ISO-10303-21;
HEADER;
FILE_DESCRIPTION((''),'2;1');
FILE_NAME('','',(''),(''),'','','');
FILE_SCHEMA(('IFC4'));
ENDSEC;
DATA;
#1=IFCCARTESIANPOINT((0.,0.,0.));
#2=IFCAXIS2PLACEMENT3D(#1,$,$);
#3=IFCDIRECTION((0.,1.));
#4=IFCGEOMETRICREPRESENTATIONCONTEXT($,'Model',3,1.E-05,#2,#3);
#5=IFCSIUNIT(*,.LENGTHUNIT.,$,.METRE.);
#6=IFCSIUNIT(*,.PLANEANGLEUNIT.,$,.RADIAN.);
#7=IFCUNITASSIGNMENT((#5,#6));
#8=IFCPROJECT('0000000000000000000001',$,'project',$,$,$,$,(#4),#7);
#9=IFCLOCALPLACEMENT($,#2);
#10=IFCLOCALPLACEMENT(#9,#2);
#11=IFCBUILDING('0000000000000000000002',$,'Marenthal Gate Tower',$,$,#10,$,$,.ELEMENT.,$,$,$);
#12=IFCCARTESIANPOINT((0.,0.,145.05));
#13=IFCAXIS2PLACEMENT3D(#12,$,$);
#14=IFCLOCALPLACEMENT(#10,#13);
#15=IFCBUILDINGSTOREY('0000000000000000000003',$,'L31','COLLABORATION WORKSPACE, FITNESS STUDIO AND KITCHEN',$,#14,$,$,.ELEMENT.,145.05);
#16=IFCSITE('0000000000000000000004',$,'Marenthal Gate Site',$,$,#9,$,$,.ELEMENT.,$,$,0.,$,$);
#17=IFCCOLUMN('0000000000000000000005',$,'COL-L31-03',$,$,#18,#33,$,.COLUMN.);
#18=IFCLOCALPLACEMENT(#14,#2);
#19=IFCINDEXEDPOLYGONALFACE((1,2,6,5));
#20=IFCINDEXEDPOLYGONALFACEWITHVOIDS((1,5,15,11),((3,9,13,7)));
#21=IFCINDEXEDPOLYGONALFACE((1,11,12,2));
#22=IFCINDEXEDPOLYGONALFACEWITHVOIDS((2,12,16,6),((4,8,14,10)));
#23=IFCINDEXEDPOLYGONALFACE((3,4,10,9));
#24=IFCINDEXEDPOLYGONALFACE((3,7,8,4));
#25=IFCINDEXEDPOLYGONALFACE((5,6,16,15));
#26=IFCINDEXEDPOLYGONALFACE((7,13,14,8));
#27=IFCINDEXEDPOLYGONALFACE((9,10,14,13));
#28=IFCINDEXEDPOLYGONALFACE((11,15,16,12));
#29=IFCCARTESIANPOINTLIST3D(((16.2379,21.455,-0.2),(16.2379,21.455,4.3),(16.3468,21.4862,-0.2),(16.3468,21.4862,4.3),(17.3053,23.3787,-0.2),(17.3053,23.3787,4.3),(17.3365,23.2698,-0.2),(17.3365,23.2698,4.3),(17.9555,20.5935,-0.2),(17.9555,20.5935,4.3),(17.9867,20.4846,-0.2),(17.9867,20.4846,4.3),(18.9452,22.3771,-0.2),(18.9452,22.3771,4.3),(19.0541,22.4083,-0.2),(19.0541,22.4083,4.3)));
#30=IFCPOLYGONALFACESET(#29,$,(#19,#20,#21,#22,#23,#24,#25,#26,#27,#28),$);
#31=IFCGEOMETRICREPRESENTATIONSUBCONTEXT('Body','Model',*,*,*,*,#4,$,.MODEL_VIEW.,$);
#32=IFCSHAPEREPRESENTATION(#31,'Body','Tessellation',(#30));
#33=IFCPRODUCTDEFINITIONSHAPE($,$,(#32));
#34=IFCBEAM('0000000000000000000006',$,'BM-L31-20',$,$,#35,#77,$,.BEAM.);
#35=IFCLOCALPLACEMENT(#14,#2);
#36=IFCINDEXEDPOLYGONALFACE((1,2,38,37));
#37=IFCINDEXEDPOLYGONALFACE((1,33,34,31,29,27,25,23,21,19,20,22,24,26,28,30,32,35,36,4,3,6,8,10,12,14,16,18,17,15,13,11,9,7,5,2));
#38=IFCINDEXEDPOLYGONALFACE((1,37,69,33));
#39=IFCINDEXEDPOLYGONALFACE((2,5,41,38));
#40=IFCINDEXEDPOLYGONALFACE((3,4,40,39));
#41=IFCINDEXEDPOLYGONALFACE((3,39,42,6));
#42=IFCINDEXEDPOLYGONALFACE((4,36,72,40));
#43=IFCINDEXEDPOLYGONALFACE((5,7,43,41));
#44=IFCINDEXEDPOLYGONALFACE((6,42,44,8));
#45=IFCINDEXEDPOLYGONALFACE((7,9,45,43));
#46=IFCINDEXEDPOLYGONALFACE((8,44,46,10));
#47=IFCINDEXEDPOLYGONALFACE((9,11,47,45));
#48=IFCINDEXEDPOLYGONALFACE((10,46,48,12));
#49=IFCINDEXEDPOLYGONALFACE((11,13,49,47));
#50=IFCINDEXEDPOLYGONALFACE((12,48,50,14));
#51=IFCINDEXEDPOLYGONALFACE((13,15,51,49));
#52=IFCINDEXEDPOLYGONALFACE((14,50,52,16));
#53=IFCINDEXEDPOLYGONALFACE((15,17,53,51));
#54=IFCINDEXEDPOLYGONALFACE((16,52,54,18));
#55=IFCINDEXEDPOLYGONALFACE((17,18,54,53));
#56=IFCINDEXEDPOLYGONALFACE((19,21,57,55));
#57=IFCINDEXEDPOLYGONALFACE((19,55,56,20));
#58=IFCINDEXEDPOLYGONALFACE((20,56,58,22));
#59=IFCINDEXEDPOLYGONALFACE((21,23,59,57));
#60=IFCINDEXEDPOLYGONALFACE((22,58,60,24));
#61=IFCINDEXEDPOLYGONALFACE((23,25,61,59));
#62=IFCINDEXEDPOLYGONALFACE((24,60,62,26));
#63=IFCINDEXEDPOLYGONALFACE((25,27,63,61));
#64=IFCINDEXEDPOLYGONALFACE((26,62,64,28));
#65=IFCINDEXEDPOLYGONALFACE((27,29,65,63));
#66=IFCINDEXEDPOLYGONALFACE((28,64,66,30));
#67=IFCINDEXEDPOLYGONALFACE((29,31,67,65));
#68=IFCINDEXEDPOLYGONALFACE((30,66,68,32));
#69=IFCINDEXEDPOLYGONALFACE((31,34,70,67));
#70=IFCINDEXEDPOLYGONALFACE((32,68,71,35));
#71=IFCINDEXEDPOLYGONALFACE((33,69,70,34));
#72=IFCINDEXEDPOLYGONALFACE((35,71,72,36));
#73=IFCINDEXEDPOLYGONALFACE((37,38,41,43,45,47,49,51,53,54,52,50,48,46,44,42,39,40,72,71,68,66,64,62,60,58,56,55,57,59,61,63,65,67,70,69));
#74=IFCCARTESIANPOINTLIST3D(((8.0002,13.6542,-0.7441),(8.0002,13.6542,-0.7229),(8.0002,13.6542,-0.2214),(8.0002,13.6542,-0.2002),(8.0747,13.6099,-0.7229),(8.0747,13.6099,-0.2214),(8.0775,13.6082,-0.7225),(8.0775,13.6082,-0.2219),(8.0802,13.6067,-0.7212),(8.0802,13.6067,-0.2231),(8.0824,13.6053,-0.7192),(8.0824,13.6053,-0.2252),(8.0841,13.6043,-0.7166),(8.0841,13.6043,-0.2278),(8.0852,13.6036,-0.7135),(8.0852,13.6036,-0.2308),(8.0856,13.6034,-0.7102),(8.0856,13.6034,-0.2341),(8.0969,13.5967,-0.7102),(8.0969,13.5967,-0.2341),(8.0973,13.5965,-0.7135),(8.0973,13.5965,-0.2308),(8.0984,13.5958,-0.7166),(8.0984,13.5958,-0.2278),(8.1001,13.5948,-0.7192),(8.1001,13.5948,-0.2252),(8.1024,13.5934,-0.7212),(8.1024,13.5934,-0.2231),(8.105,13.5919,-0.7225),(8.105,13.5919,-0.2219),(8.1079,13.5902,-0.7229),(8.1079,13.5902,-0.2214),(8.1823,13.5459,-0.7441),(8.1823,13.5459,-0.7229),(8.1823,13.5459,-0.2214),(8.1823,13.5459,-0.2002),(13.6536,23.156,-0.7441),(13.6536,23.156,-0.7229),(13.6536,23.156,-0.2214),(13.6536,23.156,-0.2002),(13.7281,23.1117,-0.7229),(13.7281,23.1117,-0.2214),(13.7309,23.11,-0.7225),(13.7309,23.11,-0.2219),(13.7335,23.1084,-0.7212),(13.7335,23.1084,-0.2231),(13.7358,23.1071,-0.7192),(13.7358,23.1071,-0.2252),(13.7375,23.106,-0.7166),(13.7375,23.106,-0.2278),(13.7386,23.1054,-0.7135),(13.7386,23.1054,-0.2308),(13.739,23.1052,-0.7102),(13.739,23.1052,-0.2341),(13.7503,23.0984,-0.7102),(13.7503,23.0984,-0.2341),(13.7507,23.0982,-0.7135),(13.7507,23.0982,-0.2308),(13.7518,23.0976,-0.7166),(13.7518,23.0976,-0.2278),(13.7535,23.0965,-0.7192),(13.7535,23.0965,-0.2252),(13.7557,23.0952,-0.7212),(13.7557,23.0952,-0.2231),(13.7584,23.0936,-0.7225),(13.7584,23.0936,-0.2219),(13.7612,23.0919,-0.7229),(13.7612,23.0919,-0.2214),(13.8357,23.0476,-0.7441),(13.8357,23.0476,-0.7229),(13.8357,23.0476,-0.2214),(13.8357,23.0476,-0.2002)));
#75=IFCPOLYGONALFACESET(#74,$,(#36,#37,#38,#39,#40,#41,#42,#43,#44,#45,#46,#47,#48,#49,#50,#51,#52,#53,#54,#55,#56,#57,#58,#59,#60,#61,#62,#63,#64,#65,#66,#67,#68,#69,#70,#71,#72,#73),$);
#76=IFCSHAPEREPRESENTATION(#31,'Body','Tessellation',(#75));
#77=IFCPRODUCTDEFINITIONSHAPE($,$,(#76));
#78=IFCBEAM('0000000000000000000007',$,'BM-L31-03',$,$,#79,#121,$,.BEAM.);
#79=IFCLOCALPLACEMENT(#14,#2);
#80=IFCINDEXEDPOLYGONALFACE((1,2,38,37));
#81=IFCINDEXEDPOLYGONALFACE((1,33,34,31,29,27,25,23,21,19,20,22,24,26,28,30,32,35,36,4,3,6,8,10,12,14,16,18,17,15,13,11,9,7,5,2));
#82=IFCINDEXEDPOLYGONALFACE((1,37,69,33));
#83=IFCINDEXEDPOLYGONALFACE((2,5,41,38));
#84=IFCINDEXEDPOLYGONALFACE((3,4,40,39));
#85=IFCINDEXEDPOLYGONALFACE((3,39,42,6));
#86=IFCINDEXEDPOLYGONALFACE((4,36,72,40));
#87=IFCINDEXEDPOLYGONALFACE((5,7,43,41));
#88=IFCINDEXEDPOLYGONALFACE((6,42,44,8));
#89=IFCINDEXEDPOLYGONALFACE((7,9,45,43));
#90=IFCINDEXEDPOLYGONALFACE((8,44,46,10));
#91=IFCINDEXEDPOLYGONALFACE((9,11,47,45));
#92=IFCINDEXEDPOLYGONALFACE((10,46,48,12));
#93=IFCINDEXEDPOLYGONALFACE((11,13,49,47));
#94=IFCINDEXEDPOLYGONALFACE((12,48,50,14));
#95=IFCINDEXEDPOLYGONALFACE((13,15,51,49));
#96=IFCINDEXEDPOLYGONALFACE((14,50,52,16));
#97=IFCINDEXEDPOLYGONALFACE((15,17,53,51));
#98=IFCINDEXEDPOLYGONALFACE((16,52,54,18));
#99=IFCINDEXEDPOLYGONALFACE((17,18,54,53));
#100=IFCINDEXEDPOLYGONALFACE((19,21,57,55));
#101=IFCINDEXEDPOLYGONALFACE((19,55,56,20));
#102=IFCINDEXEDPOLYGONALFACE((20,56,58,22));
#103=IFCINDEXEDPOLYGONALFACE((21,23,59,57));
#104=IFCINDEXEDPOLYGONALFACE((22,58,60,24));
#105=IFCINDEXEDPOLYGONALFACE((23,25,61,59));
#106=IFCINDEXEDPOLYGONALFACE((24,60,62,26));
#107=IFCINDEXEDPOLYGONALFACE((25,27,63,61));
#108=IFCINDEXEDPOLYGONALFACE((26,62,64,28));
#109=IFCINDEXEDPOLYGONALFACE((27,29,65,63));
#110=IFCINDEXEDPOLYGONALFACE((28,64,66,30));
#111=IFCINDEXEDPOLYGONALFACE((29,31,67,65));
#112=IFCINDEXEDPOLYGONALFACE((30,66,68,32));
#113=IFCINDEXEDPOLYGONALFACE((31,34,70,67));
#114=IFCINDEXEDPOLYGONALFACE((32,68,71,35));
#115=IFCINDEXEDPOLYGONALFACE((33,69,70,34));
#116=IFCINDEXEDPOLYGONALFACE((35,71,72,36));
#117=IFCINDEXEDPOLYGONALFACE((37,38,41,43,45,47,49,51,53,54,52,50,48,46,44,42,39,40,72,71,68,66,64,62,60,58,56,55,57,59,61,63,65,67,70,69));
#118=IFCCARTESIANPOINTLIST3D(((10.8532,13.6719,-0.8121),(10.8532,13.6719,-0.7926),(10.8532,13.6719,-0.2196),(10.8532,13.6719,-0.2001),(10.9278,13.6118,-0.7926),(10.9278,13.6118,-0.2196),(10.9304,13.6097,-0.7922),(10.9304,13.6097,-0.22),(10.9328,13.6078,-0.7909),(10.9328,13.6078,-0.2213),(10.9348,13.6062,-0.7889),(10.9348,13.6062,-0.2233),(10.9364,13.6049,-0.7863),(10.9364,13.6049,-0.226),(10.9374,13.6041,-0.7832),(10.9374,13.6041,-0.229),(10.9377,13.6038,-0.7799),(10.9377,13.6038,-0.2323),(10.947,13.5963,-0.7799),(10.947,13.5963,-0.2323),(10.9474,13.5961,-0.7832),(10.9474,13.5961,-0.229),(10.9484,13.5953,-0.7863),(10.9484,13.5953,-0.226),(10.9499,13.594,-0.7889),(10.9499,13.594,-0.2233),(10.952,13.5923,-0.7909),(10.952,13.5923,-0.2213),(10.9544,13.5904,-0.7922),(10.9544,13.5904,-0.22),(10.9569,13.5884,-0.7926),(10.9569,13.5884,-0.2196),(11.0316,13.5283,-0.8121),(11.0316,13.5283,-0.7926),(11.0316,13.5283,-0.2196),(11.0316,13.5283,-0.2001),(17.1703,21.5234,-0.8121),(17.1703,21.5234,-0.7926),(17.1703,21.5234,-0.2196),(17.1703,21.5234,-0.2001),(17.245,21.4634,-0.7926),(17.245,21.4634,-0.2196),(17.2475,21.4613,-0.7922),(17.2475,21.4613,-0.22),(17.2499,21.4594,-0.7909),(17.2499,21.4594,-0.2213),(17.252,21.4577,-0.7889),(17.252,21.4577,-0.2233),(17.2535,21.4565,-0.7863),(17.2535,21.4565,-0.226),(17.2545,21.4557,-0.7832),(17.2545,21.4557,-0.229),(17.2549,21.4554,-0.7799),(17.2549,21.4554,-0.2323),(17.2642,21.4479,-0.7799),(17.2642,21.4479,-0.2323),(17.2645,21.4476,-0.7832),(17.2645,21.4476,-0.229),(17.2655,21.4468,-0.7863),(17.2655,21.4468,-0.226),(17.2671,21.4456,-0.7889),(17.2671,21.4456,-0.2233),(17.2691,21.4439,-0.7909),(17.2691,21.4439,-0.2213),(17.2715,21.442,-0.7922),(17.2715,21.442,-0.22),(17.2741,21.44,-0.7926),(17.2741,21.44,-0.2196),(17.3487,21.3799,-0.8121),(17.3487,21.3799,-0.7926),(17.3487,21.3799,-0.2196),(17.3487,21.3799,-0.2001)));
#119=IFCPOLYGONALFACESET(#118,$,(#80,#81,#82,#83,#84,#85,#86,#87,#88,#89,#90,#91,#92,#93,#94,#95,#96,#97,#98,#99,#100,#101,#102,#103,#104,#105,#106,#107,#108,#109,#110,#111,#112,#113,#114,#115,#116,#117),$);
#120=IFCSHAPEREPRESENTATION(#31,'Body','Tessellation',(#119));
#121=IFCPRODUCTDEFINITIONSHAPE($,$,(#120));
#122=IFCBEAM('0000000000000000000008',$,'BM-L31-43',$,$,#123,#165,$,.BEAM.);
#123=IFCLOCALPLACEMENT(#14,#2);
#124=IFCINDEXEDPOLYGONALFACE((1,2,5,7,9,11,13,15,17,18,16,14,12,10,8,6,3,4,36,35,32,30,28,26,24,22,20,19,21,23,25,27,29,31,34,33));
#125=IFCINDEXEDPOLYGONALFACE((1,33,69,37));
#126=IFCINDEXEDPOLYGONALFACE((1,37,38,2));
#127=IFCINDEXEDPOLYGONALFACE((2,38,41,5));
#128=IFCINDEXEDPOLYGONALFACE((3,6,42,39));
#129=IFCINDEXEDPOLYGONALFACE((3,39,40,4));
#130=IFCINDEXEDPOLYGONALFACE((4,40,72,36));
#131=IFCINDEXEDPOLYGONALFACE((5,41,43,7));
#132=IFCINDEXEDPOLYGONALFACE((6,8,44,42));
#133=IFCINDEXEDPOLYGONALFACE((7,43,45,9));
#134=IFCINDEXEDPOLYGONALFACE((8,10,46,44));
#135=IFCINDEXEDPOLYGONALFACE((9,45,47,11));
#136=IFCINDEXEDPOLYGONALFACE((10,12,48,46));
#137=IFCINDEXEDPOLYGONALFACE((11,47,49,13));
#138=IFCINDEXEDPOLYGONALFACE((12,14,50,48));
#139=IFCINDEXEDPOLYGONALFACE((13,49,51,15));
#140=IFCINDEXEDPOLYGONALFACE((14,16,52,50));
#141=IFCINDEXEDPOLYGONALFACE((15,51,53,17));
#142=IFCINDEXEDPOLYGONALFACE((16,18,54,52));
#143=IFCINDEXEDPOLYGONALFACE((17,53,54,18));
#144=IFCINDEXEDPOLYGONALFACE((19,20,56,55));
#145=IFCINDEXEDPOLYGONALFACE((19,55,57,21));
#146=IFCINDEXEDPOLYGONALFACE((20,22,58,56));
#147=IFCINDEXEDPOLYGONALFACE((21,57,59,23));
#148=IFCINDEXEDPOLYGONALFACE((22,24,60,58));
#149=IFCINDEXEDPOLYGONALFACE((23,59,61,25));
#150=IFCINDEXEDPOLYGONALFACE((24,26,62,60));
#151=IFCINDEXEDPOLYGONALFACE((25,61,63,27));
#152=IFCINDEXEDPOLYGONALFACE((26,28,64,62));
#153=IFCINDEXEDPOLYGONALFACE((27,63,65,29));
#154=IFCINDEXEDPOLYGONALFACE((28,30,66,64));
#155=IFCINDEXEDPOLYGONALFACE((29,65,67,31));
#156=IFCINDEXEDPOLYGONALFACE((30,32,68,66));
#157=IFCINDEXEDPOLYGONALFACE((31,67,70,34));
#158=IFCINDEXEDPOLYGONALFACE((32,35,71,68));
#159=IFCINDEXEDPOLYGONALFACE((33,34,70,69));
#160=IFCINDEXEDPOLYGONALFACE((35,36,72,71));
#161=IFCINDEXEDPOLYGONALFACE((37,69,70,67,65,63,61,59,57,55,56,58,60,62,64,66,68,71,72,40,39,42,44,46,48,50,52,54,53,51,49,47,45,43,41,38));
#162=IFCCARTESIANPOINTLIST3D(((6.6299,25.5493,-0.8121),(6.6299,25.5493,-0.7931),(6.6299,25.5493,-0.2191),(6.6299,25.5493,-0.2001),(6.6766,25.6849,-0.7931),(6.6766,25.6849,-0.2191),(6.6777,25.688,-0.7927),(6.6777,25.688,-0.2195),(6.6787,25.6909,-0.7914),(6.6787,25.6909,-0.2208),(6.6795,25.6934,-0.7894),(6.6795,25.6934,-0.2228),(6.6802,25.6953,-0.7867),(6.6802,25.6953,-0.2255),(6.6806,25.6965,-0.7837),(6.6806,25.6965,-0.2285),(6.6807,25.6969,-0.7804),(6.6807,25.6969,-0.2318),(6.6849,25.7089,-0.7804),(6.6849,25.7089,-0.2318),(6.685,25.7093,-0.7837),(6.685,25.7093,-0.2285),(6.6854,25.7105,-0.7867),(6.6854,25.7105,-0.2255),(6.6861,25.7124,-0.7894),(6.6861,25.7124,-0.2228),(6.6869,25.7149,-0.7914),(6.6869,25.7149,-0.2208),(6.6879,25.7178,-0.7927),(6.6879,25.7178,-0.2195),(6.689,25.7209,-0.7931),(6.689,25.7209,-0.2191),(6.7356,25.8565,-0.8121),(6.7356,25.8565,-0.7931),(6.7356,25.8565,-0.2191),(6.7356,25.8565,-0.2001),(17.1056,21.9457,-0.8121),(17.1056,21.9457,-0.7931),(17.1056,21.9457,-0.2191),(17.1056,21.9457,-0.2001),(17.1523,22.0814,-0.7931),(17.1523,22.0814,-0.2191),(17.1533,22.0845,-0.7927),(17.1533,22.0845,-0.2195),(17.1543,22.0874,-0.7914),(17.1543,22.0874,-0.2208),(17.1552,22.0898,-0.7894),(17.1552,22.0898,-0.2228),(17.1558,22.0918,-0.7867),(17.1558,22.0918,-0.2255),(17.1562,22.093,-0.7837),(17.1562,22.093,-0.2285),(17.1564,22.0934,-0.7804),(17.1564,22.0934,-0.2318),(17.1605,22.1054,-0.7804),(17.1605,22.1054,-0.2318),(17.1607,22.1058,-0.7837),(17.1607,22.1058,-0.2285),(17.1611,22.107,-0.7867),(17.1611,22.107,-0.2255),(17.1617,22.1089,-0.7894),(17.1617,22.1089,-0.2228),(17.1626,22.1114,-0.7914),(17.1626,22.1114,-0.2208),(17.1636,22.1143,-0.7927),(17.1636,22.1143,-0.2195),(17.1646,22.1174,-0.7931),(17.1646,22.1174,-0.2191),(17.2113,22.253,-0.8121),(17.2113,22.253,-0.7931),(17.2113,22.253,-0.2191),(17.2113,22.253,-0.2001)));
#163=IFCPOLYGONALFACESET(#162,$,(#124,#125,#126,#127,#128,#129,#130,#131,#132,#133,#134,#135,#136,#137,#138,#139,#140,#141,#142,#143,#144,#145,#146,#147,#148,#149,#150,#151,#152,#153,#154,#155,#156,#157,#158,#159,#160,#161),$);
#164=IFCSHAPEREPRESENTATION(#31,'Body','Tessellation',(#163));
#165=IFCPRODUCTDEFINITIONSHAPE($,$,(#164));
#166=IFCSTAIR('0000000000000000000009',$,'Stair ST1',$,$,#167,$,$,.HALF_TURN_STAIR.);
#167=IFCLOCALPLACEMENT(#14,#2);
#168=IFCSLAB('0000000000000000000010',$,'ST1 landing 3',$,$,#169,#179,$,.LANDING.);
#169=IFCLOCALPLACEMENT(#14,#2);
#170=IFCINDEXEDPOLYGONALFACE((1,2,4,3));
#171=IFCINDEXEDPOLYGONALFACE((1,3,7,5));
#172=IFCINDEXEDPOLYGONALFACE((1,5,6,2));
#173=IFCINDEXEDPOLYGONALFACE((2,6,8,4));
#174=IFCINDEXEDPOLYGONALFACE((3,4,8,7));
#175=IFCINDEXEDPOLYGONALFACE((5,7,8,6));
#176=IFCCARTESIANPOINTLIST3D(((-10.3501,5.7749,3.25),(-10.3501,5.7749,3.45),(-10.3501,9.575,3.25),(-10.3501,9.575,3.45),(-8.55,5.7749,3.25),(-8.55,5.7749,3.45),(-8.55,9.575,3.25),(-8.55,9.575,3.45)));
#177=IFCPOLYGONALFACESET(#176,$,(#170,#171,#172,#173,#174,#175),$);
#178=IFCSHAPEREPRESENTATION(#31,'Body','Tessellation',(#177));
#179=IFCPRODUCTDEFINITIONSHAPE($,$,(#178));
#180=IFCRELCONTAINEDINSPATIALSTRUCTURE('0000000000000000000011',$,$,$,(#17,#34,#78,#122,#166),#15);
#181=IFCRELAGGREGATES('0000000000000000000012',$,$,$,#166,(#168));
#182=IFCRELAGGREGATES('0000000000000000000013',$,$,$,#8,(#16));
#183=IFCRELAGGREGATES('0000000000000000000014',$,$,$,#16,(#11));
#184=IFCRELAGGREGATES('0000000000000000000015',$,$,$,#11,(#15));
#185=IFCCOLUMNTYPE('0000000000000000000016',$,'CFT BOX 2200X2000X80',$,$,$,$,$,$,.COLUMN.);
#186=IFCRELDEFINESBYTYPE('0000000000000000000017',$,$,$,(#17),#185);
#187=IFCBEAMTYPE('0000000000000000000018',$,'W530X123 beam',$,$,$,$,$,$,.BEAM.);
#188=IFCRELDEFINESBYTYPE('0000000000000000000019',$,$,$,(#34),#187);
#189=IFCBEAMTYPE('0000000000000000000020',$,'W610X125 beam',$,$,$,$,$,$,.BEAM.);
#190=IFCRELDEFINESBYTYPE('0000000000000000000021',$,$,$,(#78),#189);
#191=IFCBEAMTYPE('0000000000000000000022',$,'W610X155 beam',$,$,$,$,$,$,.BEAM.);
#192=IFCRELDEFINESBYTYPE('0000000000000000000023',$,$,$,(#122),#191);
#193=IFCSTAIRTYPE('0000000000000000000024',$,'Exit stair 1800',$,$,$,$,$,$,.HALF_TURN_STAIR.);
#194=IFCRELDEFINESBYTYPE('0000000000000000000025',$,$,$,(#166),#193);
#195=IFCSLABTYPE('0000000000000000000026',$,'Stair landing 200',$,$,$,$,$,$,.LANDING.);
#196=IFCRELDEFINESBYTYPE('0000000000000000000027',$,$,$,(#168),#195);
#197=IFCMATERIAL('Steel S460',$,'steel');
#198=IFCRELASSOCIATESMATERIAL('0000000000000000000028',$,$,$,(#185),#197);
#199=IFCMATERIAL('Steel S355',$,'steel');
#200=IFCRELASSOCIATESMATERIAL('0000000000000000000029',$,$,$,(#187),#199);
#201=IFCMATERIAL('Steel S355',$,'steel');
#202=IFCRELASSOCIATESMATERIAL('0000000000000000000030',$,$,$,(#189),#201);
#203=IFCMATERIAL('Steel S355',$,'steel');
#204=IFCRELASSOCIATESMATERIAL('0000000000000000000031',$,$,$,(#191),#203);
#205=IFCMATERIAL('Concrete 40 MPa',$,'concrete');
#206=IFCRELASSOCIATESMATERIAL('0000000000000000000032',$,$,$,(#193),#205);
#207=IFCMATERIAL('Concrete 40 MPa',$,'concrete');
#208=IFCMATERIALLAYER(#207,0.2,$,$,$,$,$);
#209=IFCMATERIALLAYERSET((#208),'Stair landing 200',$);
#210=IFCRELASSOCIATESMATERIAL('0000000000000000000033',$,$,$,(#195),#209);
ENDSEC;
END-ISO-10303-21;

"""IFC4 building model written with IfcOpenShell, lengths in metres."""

from ifc_helpers import new_model, si_unit, direction, frame, origin, origin_2d, place, context, subcontext, project, spatial, polyline, rectangle, hollow_rectangle, i_section, outline, extrude, material, layer, layer_set, material_profile, profile_set, type_object, element, aggregate, save


model = new_model("IFC4")

# Units and contexts
model_context = context("Model", 3, precision=1e-05, world=origin(), true_north=direction((0.0, 1.0)))
body_context = subcontext(model_context, "Body", "Model", "MODEL_VIEW")
ifc_project = project(units=[si_unit("LENGTHUNIT", "METRE"), si_unit("PLANEANGLEUNIT", "RADIAN")], contexts=[model_context])

# Site, building, storey
site_placement = place(None, origin())
site = spatial("IfcSite", under=ifc_project, at=site_placement, Name="Marenthal Gate Site", CompositionType="ELEMENT", RefElevation=0.0)
building_placement = place(site_placement, origin())
building = spatial("IfcBuilding", under=site, at=building_placement, Name="Marenthal Gate Tower", CompositionType="ELEMENT")
storey_placement = place(building_placement, frame((0.0, 0.0, 145.05)))
storey = spatial("IfcBuildingStorey", under=building, at=storey_placement, Name="L31", Description="COLLABORATION WORKSPACE, FITNESS STUDIO AND KITCHEN", CompositionType="ELEMENT", Elevation=145.05)

# Column
ifc_material_1 = material(Name="Steel S460", Category="steel")
ifc_material_profile_1 = material_profile(ifc_material_1, hollow_rectangle(XDim=2.0, YDim=2.2, WallThickness=0.0801, at=origin_2d()), Name="CFT BOX 2200X2000X80")
ifc_material_2 = material(Name="Concrete 70 MPa", Category="concrete")
ifc_material_profile_2 = material_profile(ifc_material_2, rectangle(XDim=1.8401, YDim=2.04, at=origin_2d()), Name="CFT BOX 2200X2000X80 INFILL")
ifc_profile_set_1 = profile_set([ifc_material_profile_1, ifc_material_profile_2], Name="Steel S460 shell, Concrete 70 MPa infill")
column_type = type_object("IfcColumnType", Name="CFT BOX 2200X2000X80", PredefinedType="COLUMN", material=ifc_profile_set_1)
column_placement = place(storey_placement, frame((17.646, 21.9316, -0.2), z_axis=(0.0, 0.0, 1.0), x_axis=(0.874403, -0.4852, 0.0)))
element("IfcColumn", 1, at=column_placement, inside=storey, type_object=column_type, Name="COL-L31-03", PredefinedType="COLUMN", context=body_context, shape_type="SweptSolid", body=[
    extrude(hollow_rectangle(XDim=2.0, YDim=2.2, WallThickness=0.0801, at=origin_2d()), origin(), (0.0, 0.0, 1.0), 4.5),
])

# Beams
ifc_material_3 = material(Name="Steel S355", Category="steel")
ifc_material_profile_3 = material_profile(ifc_material_3, i_section(OverallWidth=0.2119, OverallDepth=0.5439, WebThickness=0.0132, FlangeThickness=0.0212, FilletRadius=0.0127, at=origin_2d()), Name="W530X123")
ifc_profile_set_2 = profile_set([ifc_material_profile_3], Name="Steel S355")
beam_type_1 = type_object("IfcBeamType", Name="W530X123 beam", PredefinedType="BEAM", material=ifc_profile_set_2)
beam_1_placement = place(storey_placement, frame((13.7446, 23.1018, -0.4722), z_axis=(-0.51132, -0.859391, 0.0), x_axis=(0.859391, -0.51132, 0.0)))
element("IfcBeam", 2, at=beam_1_placement, inside=storey, type_object=beam_type_1, Name="BM-L31-20", PredefinedType="BEAM", context=body_context, shape_type="SweptSolid", body=[
    extrude(i_section(OverallWidth=0.2119, OverallDepth=0.5439, WebThickness=0.0132, FlangeThickness=0.0212, FilletRadius=0.0127, at=origin_2d()), origin(), (0.0, 0.0, 1.0), 11.0564),
])
ifc_material_4 = material(Name="Steel S355", Category="steel")
ifc_material_profile_4 = material_profile(ifc_material_4, i_section(OverallWidth=0.229, OverallDepth=0.6121, WebThickness=0.012, FlangeThickness=0.0195, FilletRadius=0.0127, at=origin_2d()), Name="W610X125")
ifc_profile_set_3 = profile_set([ifc_material_profile_4], Name="Steel S355")
beam_type_2 = type_object("IfcBeamType", Name="W610X125 beam", PredefinedType="BEAM", material=ifc_profile_set_3)
beam_2_placement = place(storey_placement, frame((17.2595, 21.4517, -0.5061), z_axis=(-0.626864, -0.779129, 0.0), x_axis=(0.779129, -0.626864, 0.0)))
element("IfcBeam", 3, at=beam_2_placement, inside=storey, type_object=beam_type_2, Name="BM-L31-03", PredefinedType="BEAM", context=body_context, shape_type="SweptSolid", body=[
    extrude(i_section(OverallWidth=0.229, OverallDepth=0.6121, WebThickness=0.012, FlangeThickness=0.0195, FilletRadius=0.0127, at=origin_2d()), origin(), (0.0, 0.0, 1.0), 10.0774),
])
ifc_material_5 = material(Name="Steel S355", Category="steel")
ifc_material_profile_5 = material_profile(ifc_material_5, i_section(OverallWidth=0.325, OverallDepth=0.6121, WebThickness=0.0127, FlangeThickness=0.019, FilletRadius=0.0127, at=origin_2d()), Name="W610X155")
ifc_profile_set_4 = profile_set([ifc_material_profile_5], Name="Steel S355")
beam_type_3 = type_object("IfcBeamType", Name="W610X155 beam", PredefinedType="BEAM", material=ifc_profile_set_4)
beam_3_placement = place(storey_placement, frame((17.1584, 22.0994, -0.5061), z_axis=(-0.945616, 0.325284, 0.0), x_axis=(-0.325284, -0.945616, 0.0)))
element("IfcBeam", 4, at=beam_3_placement, inside=storey, type_object=beam_type_3, Name="BM-L31-43", PredefinedType="BEAM", context=body_context, shape_type="SweptSolid", body=[
    extrude(i_section(OverallWidth=0.325, OverallDepth=0.6121, WebThickness=0.0127, FlangeThickness=0.019, FilletRadius=0.0127, at=origin_2d()), origin(), (0.0, 0.0, 1.0), 11.0781),
])

# Stair, slab
ifc_material_6 = material(Name="Concrete 40 MPa", Category="concrete")
stair_type = type_object("IfcStairType", Name="Exit stair 1800", PredefinedType="HALF_TURN_STAIR", material=ifc_material_6)
stair_1_placement = place(storey_placement, origin())
stair_1 = element("IfcStair", 5, at=stair_1_placement, inside=storey, type_object=stair_type, Name="Stair ST1", PredefinedType="HALF_TURN_STAIR")
ifc_material_7 = material(Name="Concrete 40 MPa", Category="concrete")
ifc_layer_1 = layer(ifc_material_7, 0.2)
ifc_layer_set_1 = layer_set([ifc_layer_1], Name="Stair landing 200")
slab_type = type_object("IfcSlabType", Name="Stair landing 200", PredefinedType="LANDING", material=ifc_layer_set_1)
slab_1_placement = place(storey_placement, frame((0.0, 0.0, 3.25)))
slab_1 = element("IfcSlab", 6, at=slab_1_placement, type_object=slab_type, Name="ST1 landing 3", PredefinedType="LANDING", context=body_context, shape_type="SweptSolid", body=[
    extrude(outline(polyline([(-10.3501, 5.7749), (-8.55, 5.7749), (-8.55, 9.575), (-10.3501, 9.575), (-10.3501, 5.7749)])), origin(), (0.0, 0.0, 1.0), 0.2),
])
aggregate(stair_1, [slab_1])

save(model, "model.ifc")
